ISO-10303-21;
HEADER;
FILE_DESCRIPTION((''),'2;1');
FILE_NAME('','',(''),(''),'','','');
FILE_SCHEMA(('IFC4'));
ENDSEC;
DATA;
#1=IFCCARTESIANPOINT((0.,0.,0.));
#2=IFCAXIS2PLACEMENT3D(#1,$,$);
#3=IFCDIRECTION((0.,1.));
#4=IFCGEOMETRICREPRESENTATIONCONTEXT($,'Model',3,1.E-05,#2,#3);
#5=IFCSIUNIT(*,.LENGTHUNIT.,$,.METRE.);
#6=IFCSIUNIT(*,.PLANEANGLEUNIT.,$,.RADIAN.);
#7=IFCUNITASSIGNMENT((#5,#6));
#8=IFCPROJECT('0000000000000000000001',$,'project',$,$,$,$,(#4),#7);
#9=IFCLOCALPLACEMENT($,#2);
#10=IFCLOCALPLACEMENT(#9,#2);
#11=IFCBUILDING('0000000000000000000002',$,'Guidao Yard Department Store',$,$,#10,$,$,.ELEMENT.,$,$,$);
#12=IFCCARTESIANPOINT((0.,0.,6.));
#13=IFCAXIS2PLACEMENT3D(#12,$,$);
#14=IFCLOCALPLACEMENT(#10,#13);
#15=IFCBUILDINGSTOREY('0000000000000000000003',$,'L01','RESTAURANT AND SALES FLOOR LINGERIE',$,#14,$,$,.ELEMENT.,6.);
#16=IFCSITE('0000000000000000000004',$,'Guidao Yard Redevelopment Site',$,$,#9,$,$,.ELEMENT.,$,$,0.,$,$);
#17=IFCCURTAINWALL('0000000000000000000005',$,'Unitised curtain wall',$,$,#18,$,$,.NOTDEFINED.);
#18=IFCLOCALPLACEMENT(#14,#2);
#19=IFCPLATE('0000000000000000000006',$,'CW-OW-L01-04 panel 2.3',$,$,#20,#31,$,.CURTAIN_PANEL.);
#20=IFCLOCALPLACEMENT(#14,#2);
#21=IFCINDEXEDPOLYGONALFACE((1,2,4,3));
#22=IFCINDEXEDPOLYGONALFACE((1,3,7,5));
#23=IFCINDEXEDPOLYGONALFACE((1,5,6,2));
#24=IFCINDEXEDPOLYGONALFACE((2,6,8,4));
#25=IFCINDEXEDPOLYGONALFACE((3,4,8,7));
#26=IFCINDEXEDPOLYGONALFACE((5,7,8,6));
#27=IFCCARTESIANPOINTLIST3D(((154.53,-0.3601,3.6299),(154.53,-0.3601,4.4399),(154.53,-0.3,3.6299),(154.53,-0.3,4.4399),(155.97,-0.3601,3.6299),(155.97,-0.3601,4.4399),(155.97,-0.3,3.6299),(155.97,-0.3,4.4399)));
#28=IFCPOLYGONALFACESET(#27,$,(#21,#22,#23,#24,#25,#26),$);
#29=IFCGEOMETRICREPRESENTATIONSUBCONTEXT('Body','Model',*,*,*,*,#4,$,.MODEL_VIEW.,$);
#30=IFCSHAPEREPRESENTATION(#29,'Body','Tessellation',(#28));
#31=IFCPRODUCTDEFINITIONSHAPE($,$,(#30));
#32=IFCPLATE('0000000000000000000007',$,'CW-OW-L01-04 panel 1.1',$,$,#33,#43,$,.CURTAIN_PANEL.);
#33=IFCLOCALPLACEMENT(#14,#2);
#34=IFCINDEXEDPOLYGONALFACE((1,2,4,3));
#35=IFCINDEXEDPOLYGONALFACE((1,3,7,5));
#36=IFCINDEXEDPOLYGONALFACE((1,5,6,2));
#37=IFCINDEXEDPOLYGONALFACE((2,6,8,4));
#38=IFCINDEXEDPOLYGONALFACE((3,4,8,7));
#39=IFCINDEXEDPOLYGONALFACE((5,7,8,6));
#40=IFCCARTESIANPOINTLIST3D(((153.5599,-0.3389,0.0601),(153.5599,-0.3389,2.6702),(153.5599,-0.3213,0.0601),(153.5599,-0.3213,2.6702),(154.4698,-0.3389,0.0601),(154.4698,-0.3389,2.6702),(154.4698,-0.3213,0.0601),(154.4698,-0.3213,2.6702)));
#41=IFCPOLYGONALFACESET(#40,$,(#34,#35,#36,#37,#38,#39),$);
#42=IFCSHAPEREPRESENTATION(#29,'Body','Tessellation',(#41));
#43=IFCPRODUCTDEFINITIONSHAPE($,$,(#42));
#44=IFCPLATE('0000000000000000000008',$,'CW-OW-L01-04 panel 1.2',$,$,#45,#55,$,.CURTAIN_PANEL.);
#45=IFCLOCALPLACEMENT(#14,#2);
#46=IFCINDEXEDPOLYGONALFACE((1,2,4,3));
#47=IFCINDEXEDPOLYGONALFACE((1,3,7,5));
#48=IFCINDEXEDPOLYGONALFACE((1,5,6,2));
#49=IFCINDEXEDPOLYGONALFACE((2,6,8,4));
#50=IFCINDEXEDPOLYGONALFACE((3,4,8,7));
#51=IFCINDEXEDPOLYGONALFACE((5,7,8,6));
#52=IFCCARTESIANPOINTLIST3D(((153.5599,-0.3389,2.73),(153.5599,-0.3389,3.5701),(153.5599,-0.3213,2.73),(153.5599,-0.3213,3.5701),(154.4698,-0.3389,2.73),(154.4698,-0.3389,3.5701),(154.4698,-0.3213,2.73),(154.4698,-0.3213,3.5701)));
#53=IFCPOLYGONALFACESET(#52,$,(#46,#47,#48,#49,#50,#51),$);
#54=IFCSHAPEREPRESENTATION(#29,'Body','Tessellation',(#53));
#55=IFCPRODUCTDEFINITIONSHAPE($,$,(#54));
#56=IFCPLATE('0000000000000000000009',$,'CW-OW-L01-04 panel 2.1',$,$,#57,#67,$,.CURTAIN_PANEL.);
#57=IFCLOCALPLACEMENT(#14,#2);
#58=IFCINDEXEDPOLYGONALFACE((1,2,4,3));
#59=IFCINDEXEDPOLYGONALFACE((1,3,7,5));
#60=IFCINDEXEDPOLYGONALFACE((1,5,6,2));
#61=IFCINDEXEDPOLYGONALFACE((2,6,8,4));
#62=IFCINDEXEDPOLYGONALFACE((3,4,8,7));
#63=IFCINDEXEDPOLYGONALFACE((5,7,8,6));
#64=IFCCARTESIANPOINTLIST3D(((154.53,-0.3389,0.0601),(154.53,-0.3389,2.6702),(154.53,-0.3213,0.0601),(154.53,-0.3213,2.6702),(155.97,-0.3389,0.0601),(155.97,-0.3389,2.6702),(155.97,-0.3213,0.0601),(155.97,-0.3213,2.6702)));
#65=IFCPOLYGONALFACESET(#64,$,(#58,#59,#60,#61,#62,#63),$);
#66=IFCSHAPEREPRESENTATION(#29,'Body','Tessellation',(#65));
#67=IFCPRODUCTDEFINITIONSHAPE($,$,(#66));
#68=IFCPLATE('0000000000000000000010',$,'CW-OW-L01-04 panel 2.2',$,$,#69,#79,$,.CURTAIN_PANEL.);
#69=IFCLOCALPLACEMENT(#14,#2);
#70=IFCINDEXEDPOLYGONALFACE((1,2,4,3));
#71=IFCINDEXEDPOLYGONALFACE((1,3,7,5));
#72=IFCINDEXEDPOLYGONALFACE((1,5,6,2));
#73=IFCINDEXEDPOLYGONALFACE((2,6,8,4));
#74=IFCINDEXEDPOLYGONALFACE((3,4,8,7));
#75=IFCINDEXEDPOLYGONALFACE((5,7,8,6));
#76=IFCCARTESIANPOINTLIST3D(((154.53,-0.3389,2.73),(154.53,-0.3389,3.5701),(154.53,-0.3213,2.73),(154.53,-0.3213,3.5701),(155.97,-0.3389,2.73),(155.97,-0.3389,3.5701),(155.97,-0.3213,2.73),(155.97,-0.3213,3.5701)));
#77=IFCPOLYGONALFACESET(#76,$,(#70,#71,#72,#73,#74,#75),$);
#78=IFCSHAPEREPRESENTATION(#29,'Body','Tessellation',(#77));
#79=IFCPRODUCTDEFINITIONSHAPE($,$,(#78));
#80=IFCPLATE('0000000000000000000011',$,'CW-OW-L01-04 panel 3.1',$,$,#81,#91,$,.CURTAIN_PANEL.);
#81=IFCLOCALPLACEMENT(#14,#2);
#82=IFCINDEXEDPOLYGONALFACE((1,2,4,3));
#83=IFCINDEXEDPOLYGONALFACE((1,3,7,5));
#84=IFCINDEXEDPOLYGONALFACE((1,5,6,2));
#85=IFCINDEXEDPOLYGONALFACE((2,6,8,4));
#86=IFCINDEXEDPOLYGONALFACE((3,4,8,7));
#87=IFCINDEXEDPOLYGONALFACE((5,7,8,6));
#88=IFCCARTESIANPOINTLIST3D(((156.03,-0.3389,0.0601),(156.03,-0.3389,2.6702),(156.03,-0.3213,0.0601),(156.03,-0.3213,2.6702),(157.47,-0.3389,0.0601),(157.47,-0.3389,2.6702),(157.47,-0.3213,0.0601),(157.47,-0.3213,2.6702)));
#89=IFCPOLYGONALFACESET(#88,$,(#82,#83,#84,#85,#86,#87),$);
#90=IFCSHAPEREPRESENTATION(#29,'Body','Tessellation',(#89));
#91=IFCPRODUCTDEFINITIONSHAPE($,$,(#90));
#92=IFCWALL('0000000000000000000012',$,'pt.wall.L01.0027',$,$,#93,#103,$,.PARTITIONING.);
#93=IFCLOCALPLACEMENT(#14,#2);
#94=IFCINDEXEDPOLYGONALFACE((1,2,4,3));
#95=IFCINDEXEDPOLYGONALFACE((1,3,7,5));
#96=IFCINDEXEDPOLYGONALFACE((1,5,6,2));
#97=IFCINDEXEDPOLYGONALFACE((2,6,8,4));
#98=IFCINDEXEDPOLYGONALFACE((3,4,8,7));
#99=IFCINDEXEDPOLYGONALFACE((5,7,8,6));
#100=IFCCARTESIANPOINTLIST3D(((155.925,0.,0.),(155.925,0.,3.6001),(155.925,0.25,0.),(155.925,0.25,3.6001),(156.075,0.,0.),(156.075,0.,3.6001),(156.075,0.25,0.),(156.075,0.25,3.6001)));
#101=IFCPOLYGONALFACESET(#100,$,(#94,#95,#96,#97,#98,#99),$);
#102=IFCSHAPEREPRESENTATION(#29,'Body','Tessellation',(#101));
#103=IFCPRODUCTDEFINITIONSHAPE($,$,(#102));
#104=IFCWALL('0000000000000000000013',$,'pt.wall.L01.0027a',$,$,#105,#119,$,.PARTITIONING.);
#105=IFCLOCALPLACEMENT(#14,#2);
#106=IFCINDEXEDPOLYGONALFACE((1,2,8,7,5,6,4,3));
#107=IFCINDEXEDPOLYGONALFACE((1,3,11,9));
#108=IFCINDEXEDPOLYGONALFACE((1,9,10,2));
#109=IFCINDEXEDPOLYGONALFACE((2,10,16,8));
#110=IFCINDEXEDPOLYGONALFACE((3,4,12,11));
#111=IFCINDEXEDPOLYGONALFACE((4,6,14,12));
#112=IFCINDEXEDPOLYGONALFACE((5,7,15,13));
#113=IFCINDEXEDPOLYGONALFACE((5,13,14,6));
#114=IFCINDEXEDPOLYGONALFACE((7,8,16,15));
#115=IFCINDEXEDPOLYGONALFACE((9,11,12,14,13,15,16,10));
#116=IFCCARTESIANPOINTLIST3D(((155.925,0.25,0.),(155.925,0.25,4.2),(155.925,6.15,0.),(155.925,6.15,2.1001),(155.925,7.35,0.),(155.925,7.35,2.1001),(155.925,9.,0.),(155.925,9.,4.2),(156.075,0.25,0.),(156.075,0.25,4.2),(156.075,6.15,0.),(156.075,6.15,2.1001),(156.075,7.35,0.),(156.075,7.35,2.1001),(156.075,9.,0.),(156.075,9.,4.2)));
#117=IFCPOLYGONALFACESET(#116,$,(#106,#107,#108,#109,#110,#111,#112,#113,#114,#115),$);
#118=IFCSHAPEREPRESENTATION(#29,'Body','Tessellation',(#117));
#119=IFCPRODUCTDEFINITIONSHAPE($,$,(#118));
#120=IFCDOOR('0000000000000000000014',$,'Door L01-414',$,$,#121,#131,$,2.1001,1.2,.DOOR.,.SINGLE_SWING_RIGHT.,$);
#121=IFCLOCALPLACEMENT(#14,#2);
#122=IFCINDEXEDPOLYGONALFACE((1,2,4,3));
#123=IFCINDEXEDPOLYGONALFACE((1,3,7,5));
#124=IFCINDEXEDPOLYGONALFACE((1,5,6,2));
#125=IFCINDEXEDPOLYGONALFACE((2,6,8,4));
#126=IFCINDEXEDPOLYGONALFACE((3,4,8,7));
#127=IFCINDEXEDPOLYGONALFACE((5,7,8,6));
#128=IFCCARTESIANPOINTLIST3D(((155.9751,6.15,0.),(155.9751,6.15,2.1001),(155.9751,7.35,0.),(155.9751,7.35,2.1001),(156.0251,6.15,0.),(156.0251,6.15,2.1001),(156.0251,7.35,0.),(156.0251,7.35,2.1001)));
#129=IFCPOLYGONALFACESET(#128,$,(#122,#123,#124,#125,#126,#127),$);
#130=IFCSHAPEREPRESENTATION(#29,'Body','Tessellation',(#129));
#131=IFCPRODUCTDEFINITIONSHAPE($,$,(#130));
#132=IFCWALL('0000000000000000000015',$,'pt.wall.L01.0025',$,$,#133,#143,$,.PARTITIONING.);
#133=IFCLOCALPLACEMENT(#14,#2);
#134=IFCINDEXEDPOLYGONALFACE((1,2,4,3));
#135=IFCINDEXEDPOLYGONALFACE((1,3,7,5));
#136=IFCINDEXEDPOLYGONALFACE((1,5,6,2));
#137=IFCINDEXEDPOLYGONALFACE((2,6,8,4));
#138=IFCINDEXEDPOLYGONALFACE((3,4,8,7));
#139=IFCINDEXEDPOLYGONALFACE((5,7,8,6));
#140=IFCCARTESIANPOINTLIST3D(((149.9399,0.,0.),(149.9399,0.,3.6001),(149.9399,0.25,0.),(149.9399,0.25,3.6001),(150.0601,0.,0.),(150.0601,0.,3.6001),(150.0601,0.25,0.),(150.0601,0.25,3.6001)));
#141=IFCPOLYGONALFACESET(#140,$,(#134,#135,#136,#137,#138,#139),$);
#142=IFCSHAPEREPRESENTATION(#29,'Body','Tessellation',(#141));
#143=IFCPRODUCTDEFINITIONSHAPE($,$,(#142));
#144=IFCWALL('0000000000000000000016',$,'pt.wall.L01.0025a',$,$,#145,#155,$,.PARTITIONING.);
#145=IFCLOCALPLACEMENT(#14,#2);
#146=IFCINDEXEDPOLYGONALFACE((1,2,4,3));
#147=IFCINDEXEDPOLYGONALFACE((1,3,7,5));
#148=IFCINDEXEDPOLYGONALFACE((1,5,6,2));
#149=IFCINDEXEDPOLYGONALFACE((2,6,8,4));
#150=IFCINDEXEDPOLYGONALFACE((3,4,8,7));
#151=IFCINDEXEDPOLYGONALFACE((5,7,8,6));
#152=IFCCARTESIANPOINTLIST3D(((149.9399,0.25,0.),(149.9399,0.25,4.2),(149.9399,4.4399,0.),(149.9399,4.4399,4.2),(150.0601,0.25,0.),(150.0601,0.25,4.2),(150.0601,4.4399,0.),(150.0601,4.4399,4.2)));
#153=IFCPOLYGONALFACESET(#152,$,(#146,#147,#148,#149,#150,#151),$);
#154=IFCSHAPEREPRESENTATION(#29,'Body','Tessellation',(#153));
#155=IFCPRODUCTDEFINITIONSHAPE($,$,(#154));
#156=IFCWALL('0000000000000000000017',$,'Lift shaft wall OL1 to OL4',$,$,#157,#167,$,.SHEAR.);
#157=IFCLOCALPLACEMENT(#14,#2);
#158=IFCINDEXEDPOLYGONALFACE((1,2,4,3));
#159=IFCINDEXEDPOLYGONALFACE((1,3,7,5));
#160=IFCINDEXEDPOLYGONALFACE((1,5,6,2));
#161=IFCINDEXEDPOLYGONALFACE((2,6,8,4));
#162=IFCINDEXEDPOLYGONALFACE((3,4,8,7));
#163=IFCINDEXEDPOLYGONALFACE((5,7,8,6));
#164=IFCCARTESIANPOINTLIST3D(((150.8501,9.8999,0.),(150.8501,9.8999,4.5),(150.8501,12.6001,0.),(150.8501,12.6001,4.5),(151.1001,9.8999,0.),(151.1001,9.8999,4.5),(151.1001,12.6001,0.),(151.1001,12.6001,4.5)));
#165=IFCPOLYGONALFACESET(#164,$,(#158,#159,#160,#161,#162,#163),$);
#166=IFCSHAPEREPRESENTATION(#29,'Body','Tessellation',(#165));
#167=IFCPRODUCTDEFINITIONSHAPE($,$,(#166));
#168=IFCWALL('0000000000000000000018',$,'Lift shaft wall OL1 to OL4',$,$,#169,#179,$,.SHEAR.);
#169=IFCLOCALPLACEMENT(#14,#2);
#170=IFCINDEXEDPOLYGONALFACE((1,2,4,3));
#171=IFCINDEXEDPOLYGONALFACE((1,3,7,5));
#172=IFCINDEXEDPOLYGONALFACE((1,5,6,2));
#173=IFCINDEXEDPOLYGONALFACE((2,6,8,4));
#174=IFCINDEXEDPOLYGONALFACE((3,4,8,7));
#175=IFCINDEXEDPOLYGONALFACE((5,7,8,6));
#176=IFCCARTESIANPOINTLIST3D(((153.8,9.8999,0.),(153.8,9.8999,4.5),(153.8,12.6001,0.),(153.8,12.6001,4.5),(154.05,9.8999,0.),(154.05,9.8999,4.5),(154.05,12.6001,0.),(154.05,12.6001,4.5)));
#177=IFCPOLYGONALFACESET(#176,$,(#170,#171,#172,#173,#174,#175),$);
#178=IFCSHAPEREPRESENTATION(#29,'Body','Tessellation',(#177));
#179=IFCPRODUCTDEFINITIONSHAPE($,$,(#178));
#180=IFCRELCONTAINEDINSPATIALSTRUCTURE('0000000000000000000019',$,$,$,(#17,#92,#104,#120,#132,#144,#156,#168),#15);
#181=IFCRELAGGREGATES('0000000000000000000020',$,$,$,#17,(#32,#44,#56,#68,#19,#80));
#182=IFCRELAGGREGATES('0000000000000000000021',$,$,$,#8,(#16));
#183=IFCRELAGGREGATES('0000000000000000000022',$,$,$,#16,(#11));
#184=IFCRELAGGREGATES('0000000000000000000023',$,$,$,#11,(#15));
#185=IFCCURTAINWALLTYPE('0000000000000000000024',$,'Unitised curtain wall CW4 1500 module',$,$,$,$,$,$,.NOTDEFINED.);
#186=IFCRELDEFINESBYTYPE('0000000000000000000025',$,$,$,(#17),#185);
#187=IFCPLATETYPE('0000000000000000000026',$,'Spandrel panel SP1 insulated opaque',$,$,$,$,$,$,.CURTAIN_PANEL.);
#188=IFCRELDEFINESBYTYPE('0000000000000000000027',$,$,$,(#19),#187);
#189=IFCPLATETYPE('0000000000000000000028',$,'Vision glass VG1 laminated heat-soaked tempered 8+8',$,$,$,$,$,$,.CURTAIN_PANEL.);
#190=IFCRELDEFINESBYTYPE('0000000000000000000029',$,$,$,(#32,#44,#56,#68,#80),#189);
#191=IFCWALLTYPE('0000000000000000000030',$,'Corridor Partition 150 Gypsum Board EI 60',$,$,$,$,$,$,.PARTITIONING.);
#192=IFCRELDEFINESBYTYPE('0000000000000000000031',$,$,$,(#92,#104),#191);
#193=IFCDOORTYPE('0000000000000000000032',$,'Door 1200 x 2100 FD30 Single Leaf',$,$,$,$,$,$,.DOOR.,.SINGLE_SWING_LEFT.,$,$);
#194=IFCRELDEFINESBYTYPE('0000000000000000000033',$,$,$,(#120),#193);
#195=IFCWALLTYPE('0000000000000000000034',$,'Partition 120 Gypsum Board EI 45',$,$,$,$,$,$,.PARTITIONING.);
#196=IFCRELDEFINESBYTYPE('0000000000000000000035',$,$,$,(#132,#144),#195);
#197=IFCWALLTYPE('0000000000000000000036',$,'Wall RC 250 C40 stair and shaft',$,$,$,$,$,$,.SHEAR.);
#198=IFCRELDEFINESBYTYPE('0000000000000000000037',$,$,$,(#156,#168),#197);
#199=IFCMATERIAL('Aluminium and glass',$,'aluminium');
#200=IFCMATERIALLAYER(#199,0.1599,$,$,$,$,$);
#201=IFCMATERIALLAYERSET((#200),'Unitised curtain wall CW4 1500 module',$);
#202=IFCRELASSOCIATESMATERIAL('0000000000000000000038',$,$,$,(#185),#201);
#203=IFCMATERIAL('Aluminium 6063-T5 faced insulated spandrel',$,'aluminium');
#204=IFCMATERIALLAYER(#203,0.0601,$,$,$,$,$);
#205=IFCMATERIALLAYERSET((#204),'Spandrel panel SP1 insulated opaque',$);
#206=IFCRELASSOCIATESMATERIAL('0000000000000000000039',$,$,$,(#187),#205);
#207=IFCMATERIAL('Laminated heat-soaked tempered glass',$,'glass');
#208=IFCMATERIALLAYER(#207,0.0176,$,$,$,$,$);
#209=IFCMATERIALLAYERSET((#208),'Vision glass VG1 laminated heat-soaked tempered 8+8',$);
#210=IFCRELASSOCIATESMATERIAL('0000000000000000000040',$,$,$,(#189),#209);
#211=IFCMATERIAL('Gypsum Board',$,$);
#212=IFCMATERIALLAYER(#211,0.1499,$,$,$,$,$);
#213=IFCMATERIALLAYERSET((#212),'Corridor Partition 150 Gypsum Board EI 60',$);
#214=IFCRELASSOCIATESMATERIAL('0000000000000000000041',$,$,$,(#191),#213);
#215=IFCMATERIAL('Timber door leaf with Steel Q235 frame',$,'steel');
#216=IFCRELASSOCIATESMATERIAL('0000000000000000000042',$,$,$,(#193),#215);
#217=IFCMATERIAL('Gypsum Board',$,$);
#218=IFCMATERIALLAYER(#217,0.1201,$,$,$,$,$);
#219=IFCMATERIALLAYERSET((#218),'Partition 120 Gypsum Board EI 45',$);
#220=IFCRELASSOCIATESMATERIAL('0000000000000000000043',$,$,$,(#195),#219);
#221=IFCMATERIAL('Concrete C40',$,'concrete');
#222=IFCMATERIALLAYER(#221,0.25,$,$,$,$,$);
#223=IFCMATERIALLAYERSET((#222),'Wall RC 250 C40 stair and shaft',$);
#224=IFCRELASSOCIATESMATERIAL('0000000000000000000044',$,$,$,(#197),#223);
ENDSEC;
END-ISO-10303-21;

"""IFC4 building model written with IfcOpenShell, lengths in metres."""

from ifc_helpers import new_model, si_unit, direction, frame, frame_2d, origin, origin_2d, place, context, subcontext, project, spatial, rectangle, extrude, material, layer, layer_set, type_object, element, fill, aggregate, save


model = new_model("IFC4")

# Units and contexts
model_context = context("Model", 3, precision=1e-05, world=origin(), true_north=direction((0.0, 1.0)))
body_context = subcontext(model_context, "Body", "Model", "MODEL_VIEW")
ifc_project = project(units=[si_unit("LENGTHUNIT", "METRE"), si_unit("PLANEANGLEUNIT", "RADIAN")], contexts=[model_context])

# Site, building, storey
site_placement = place(None, origin())
site = spatial("IfcSite", under=ifc_project, at=site_placement, Name="Guidao Yard Redevelopment Site", CompositionType="ELEMENT", RefElevation=0.0)
building_placement = place(site_placement, origin())
building = spatial("IfcBuilding", under=site, at=building_placement, Name="Guidao Yard Department Store", CompositionType="ELEMENT")
storey_placement = place(building_placement, frame((0.0, 0.0, 6.0)))
storey = spatial("IfcBuildingStorey", under=building, at=storey_placement, Name="L01", Description="RESTAURANT AND SALES FLOOR LINGERIE", CompositionType="ELEMENT", Elevation=6.0)

# Curtain wall
ifc_material_1 = material(Name="Aluminium and glass", Category="aluminium")
ifc_layer_1 = layer(ifc_material_1, 0.1599)
ifc_layer_set_1 = layer_set([ifc_layer_1], Name="Unitised curtain wall CW4 1500 module")
curtain_wall_type = type_object("IfcCurtainWallType", Name="Unitised curtain wall CW4 1500 module", PredefinedType="NOTDEFINED", material=ifc_layer_set_1)
curtain_wall_placement = place(storey_placement, origin())
curtain_wall = element("IfcCurtainWall", 1, at=curtain_wall_placement, inside=storey, type_object=curtain_wall_type, Name="Unitised curtain wall", PredefinedType="NOTDEFINED")

# Plates
ifc_material_2 = material(Name="Aluminium 6063-T5 faced insulated spandrel", Category="aluminium")
ifc_layer_2 = layer(ifc_material_2, 0.0601)
ifc_layer_set_2 = layer_set([ifc_layer_2], Name="Spandrel panel SP1 insulated opaque")
plate_type_1 = type_object("IfcPlateType", Name="Spandrel panel SP1 insulated opaque", PredefinedType="CURTAIN_PANEL", material=ifc_layer_set_2)
plate_1_placement = place(storey_placement, frame((155.25, -0.3301, 3.6299), z_axis=(0.0, 0.0, 1.0), x_axis=(-1.0, 0.0, 0.0)))
plate_1 = element("IfcPlate", 2, at=plate_1_placement, type_object=plate_type_1, Name="CW-OW-L01-04 panel 2.3", PredefinedType="CURTAIN_PANEL", context=body_context, shape_type="SweptSolid", body=[
    extrude(rectangle(XDim=1.4399, YDim=0.0601, at=origin_2d()), origin(), (0.0, 0.0, 1.0), 0.8101),
])
ifc_material_3 = material(Name="Laminated heat-soaked tempered glass", Category="glass")
ifc_layer_3 = layer(ifc_material_3, 0.0176)
ifc_layer_set_3 = layer_set([ifc_layer_3], Name="Vision glass VG1 laminated heat-soaked tempered 8+8")
plate_type_2 = type_object("IfcPlateType", Name="Vision glass VG1 laminated heat-soaked tempered 8+8", PredefinedType="CURTAIN_PANEL", material=ifc_layer_set_3)
plate_2_placement = place(storey_placement, frame((154.0149, -0.3301, 0.0601), z_axis=(0.0, 0.0, 1.0), x_axis=(-1.0, 0.0, 0.0)))
plate_2 = element("IfcPlate", 3, at=plate_2_placement, type_object=plate_type_2, Name="CW-OW-L01-04 panel 1.1", PredefinedType="CURTAIN_PANEL", context=body_context, shape_type="SweptSolid", body=[
    extrude(rectangle(XDim=0.9099, YDim=0.0176, at=origin_2d()), origin(), (0.0, 0.0, 1.0), 2.6101),
])
plate_3_placement = place(storey_placement, frame((154.0149, -0.3301, 2.73), z_axis=(0.0, 0.0, 1.0), x_axis=(-1.0, 0.0, 0.0)))
plate_3 = element("IfcPlate", 4, at=plate_3_placement, type_object=plate_type_2, Name="CW-OW-L01-04 panel 1.2", PredefinedType="CURTAIN_PANEL", context=body_context, shape_type="SweptSolid", body=[
    extrude(rectangle(XDim=0.9099, YDim=0.0176, at=origin_2d()), origin(), (0.0, 0.0, 1.0), 0.8401),
])
plate_4_placement = place(storey_placement, frame((155.25, -0.3301, 0.0601), z_axis=(0.0, 0.0, 1.0), x_axis=(-1.0, 0.0, 0.0)))
plate_4 = element("IfcPlate", 5, at=plate_4_placement, type_object=plate_type_2, Name="CW-OW-L01-04 panel 2.1", PredefinedType="CURTAIN_PANEL", context=body_context, shape_type="SweptSolid", body=[
    extrude(rectangle(XDim=1.4399, YDim=0.0176, at=origin_2d()), origin(), (0.0, 0.0, 1.0), 2.6101),
])
plate_5_placement = place(storey_placement, frame((155.25, -0.3301, 2.73), z_axis=(0.0, 0.0, 1.0), x_axis=(-1.0, 0.0, 0.0)))
plate_5 = element("IfcPlate", 6, at=plate_5_placement, type_object=plate_type_2, Name="CW-OW-L01-04 panel 2.2", PredefinedType="CURTAIN_PANEL", context=body_context, shape_type="SweptSolid", body=[
    extrude(rectangle(XDim=1.4399, YDim=0.0176, at=origin_2d()), origin(), (0.0, 0.0, 1.0), 0.8401),
])
plate_6_placement = place(storey_placement, frame((156.75, -0.3301, 0.0601), z_axis=(0.0, 0.0, 1.0), x_axis=(-1.0, 0.0, 0.0)))
plate_6 = element("IfcPlate", 7, at=plate_6_placement, type_object=plate_type_2, Name="CW-OW-L01-04 panel 3.1", PredefinedType="CURTAIN_PANEL", context=body_context, shape_type="SweptSolid", body=[
    extrude(rectangle(XDim=1.4399, YDim=0.0176, at=origin_2d()), origin(), (0.0, 0.0, 1.0), 2.6101),
])
aggregate(curtain_wall, [plate_2, plate_3, plate_4, plate_5, plate_1, plate_6])

# Wall
ifc_material_4 = material(Name="Gypsum Board")
ifc_layer_4 = layer(ifc_material_4, 0.1499)
ifc_layer_set_4 = layer_set([ifc_layer_4], Name="Corridor Partition 150 Gypsum Board EI 60")
wall_type_1 = type_object("IfcWallType", Name="Corridor Partition 150 Gypsum Board EI 60", PredefinedType="PARTITIONING", material=ifc_layer_set_4)
wall_1_placement = place(storey_placement, frame((156.0, 0.0, 0.0), z_axis=(0.0, 0.0, 1.0), x_axis=(0.0, 1.0, 0.0)))
element("IfcWall", 8, at=wall_1_placement, inside=storey, type_object=wall_type_1, Name="pt.wall.L01.0027", PredefinedType="PARTITIONING", context=body_context, shape_type="SweptSolid", body=[
    extrude(rectangle(XDim=0.25, YDim=0.1499, at=frame_2d((0.125, 0.0))), origin(), (0.0, 0.0, 1.0), 3.6001),
])

# Wall, opening, door
wall_2_placement = place(storey_placement, frame((156.0, 0.25, 0.0), z_axis=(0.0, 0.0, 1.0), x_axis=(0.0, 1.0, 0.0)))
wall_2 = element("IfcWall", 9, at=wall_2_placement, inside=storey, type_object=wall_type_1, Name="pt.wall.L01.0027a", PredefinedType="PARTITIONING", context=body_context, shape_type="SweptSolid", body=[
    extrude(rectangle(XDim=8.75, YDim=0.1499, at=frame_2d((4.375, 0.0))), origin(), (0.0, 0.0, 1.0), 4.2),
])
opening_placement = place(wall_2_placement, frame((5.8999, 0.0, 0.0)))
opening = element("IfcOpeningElement", 10, at=opening_placement, cuts=wall_2, PredefinedType="OPENING", context=body_context, shape_type="SweptSolid", body=[
    extrude(rectangle(XDim=1.2, YDim=2.1001, at=frame_2d((0.6001, 1.05))), frame((0.0, 0.085, 0.0), z_axis=(0.0, -1.0, 0.0), x_axis=(1.0, 0.0, 0.0)), (0.0, 0.0, 1.0), 0.1699),
])
ifc_material_5 = material(Name="Timber door leaf with Steel Q235 frame", Category="steel")
door_type = type_object("IfcDoorType", Name="Door 1200 x 2100 FD30 Single Leaf", OperationType="SINGLE_SWING_LEFT", PredefinedType="DOOR", material=ifc_material_5)
door_placement = place(opening_placement, origin())
door = element("IfcDoor", 11, at=door_placement, inside=storey, type_object=door_type, Name="Door L01-414", OperationType="SINGLE_SWING_RIGHT", OverallHeight=2.1001, OverallWidth=1.2, PredefinedType="DOOR", context=body_context, shape_type="SweptSolid", body=[
    extrude(rectangle(XDim=1.2, YDim=2.1001, at=frame_2d((0.6001, 1.05))), frame((0.0, 0.0249, 0.0), z_axis=(0.0, -1.0, 0.0), x_axis=(1.0, 0.0, 0.0)), (0.0, 0.0, 1.0), 0.05),
])
fill(opening, door)

# Walls
ifc_material_6 = material(Name="Gypsum Board")
ifc_layer_5 = layer(ifc_material_6, 0.1201)
ifc_layer_set_5 = layer_set([ifc_layer_5], Name="Partition 120 Gypsum Board EI 45")
wall_type_2 = type_object("IfcWallType", Name="Partition 120 Gypsum Board EI 45", PredefinedType="PARTITIONING", material=ifc_layer_set_5)
wall_3_placement = place(storey_placement, frame((150.0, 0.0, 0.0), z_axis=(0.0, 0.0, 1.0), x_axis=(0.0, 1.0, 0.0)))
element("IfcWall", 12, at=wall_3_placement, inside=storey, type_object=wall_type_2, Name="pt.wall.L01.0025", PredefinedType="PARTITIONING", context=body_context, shape_type="SweptSolid", body=[
    extrude(rectangle(XDim=0.25, YDim=0.1201, at=frame_2d((0.125, 0.0))), origin(), (0.0, 0.0, 1.0), 3.6001),
])
wall_4_placement = place(storey_placement, frame((150.0, 0.25, 0.0), z_axis=(0.0, 0.0, 1.0), x_axis=(0.0, 1.0, 0.0)))
element("IfcWall", 13, at=wall_4_placement, inside=storey, type_object=wall_type_2, Name="pt.wall.L01.0025a", PredefinedType="PARTITIONING", context=body_context, shape_type="SweptSolid", body=[
    extrude(rectangle(XDim=4.1899, YDim=0.1201, at=frame_2d((2.095, 0.0))), origin(), (0.0, 0.0, 1.0), 4.2),
])
ifc_material_7 = material(Name="Concrete C40", Category="concrete")
ifc_layer_6 = layer(ifc_material_7, 0.25)
ifc_layer_set_6 = layer_set([ifc_layer_6], Name="Wall RC 250 C40 stair and shaft")
wall_type_3 = type_object("IfcWallType", Name="Wall RC 250 C40 stair and shaft", PredefinedType="SHEAR", material=ifc_layer_set_6)
for number, where, z_axis, x_axis, name in (
    (14, (150.9751, 9.8999, 0.0), (0.0, 0.0, 1.0), (0.0, 1.0, 0.0), "Lift shaft wall OL1 to OL4"),
    (15, (153.925, 9.8999, 0.0), (0.0, 0.0, 1.0), (0.0, 1.0, 0.0), "Lift shaft wall OL1 to OL4"),
):
    element("IfcWall", number, at=place(storey_placement, frame(where, z_axis=z_axis, x_axis=x_axis)), inside=storey, type_object=wall_type_3, Name=name, PredefinedType="SHEAR", context=body_context, shape_type="SweptSolid", body=[
        extrude(rectangle(XDim=2.7002, YDim=0.25, at=frame_2d((1.3501, 0.0))), origin(), (0.0, 0.0, 1.0), 4.5),
    ])

save(model, "model.ifc")
